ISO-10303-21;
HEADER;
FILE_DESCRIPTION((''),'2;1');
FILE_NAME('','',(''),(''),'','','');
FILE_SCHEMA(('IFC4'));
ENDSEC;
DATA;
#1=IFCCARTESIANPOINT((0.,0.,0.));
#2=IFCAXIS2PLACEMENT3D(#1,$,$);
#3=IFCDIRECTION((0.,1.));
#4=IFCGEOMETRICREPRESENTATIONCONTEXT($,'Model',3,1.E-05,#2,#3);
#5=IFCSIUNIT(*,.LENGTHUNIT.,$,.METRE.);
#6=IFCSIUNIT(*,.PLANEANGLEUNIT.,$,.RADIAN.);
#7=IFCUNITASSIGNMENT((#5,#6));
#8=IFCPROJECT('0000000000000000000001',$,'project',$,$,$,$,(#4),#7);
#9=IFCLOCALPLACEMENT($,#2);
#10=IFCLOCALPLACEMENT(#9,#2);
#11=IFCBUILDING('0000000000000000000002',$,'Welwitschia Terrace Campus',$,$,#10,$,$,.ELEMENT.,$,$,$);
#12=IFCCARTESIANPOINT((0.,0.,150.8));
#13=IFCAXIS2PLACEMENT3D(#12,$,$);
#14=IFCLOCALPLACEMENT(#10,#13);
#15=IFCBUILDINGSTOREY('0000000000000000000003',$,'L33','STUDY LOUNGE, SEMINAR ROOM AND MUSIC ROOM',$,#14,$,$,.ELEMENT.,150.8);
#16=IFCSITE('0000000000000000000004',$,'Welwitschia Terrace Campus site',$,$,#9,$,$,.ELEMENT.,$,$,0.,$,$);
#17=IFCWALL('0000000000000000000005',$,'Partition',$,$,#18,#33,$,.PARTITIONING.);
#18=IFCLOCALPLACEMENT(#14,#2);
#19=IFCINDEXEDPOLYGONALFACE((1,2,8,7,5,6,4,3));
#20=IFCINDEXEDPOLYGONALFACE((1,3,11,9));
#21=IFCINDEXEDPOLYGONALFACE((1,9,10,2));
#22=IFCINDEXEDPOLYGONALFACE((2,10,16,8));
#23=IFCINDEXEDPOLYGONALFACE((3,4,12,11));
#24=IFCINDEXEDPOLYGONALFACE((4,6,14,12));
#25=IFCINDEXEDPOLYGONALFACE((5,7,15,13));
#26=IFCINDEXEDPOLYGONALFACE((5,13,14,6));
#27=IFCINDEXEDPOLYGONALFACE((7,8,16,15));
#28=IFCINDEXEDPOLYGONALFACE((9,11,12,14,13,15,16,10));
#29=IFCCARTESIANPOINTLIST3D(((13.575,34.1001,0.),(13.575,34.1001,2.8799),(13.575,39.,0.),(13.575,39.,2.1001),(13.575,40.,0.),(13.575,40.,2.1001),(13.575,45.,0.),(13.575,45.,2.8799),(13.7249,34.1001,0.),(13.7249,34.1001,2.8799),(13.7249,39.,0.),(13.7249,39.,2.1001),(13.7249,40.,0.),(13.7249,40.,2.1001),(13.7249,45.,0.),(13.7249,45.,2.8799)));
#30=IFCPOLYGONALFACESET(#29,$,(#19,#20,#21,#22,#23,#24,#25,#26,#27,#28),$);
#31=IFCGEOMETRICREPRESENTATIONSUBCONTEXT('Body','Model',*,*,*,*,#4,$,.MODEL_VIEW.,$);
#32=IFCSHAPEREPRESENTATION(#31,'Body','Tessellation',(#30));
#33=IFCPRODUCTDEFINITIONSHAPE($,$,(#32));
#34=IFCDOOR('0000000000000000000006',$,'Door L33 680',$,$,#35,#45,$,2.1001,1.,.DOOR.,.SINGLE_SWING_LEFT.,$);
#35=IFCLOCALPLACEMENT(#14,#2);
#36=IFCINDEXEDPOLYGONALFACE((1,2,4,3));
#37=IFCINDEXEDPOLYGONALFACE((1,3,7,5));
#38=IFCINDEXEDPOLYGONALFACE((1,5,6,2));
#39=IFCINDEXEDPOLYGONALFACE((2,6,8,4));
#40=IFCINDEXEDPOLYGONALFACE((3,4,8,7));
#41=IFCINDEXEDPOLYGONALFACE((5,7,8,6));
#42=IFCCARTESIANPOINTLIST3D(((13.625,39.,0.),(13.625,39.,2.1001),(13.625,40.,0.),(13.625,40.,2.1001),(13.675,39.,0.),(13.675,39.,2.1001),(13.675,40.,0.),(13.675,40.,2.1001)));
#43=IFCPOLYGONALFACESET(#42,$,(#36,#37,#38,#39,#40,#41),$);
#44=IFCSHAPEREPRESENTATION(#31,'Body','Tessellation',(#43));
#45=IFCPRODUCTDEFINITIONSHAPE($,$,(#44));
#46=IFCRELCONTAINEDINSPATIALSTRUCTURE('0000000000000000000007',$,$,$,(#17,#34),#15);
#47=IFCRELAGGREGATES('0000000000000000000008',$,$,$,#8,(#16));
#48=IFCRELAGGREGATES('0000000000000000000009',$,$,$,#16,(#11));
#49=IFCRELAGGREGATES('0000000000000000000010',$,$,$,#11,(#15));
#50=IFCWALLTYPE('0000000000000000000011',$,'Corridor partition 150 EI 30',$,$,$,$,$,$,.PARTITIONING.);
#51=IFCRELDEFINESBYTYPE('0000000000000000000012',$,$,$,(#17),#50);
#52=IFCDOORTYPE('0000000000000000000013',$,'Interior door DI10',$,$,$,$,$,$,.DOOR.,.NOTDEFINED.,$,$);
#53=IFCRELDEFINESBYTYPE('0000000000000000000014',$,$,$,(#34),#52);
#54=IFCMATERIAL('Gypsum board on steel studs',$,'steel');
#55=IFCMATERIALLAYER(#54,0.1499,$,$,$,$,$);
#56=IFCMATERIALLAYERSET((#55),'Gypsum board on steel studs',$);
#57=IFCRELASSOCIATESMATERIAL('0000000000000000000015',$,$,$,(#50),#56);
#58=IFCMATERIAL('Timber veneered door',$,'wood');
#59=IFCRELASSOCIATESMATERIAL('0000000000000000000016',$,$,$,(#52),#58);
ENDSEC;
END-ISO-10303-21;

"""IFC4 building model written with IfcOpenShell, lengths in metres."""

from ifc_helpers import new_model, si_unit, direction, frame, frame_2d, origin, place, context, subcontext, project, spatial, rectangle, extrude, material, layer, layer_set, type_object, element, fill, save


model = new_model("IFC4")

# Units and contexts
model_context = context("Model", 3, precision=1e-05, world=origin(), true_north=direction((0.0, 1.0)))
body_context = subcontext(model_context, "Body", "Model", "MODEL_VIEW")
ifc_project = project(units=[si_unit("LENGTHUNIT", "METRE"), si_unit("PLANEANGLEUNIT", "RADIAN")], contexts=[model_context])

# Site, building, storey
site_placement = place(None, origin())
site = spatial("IfcSite", under=ifc_project, at=site_placement, Name="Welwitschia Terrace Campus site", CompositionType="ELEMENT", RefElevation=0.0)
building_placement = place(site_placement, origin())
building = spatial("IfcBuilding", under=site, at=building_placement, Name="Welwitschia Terrace Campus", CompositionType="ELEMENT")
storey_placement = place(building_placement, frame((0.0, 0.0, 150.8)))
storey = spatial("IfcBuildingStorey", under=building, at=storey_placement, Name="L33", Description="STUDY LOUNGE, SEMINAR ROOM AND MUSIC ROOM", CompositionType="ELEMENT", Elevation=150.8)

# Shared definitions
ifc_material_1 = material(Name="Gypsum board on steel studs", Category="steel")
ifc_layer_1 = layer(ifc_material_1, 0.1499)
ifc_layer_set_1 = layer_set([ifc_layer_1], Name="Gypsum board on steel studs")
wall_type = type_object("IfcWallType", Name="Corridor partition 150 EI 30", PredefinedType="PARTITIONING", material=ifc_layer_set_1)

# Wall, opening, door
wall_1_placement = place(storey_placement, frame((13.6499, 34.1001, 0.0), z_axis=(0.0, 0.0, 1.0), x_axis=(0.0, 1.0, 0.0)))
wall_1 = element("IfcWall", 1, at=wall_1_placement, inside=storey, type_object=wall_type, Name="Partition", PredefinedType="PARTITIONING", context=body_context, shape_type="SweptSolid", body=[
    extrude(rectangle(XDim=10.8999, YDim=0.1499, at=frame_2d((5.45, 0.0))), origin(), (0.0, 0.0, 1.0), 2.8799),
])
opening_1_placement = place(wall_1_placement, frame((4.8999, 0.0, 0.0)))
opening_1 = element("IfcOpeningElement", 2, at=opening_1_placement, cuts=wall_1, PredefinedType="OPENING", context=body_context, shape_type="SweptSolid", body=[
    extrude(rectangle(XDim=1.0, YDim=2.1001, at=frame_2d((0.5, 1.05))), frame((0.0, 0.085, 0.0), z_axis=(0.0, -1.0, 0.0), x_axis=(1.0, 0.0, 0.0)), (0.0, 0.0, 1.0), 0.1699),
])
ifc_material_2 = material(Name="Timber veneered door", Category="wood")
door_type_1 = type_object("IfcDoorType", Name="Interior door DI10", OperationType="NOTDEFINED", PredefinedType="DOOR", material=ifc_material_2)
door_1_placement = place(opening_1_placement, origin())
door_1 = element("IfcDoor", 3, at=door_1_placement, inside=storey, type_object=door_type_1, Name="Door L33 680", OperationType="SINGLE_SWING_LEFT", OverallHeight=2.1001, OverallWidth=1.0, PredefinedType="DOOR", context=body_context, shape_type="SweptSolid", body=[
    extrude(rectangle(XDim=1.0, YDim=2.1001, at=frame_2d((0.5, 1.05))), frame((0.0, 0.0249, 0.0), z_axis=(0.0, -1.0, 0.0), x_axis=(1.0, 0.0, 0.0)), (0.0, 0.0, 1.0), 0.05),
])
fill(opening_1, door_1)

save(model, "model.ifc")
